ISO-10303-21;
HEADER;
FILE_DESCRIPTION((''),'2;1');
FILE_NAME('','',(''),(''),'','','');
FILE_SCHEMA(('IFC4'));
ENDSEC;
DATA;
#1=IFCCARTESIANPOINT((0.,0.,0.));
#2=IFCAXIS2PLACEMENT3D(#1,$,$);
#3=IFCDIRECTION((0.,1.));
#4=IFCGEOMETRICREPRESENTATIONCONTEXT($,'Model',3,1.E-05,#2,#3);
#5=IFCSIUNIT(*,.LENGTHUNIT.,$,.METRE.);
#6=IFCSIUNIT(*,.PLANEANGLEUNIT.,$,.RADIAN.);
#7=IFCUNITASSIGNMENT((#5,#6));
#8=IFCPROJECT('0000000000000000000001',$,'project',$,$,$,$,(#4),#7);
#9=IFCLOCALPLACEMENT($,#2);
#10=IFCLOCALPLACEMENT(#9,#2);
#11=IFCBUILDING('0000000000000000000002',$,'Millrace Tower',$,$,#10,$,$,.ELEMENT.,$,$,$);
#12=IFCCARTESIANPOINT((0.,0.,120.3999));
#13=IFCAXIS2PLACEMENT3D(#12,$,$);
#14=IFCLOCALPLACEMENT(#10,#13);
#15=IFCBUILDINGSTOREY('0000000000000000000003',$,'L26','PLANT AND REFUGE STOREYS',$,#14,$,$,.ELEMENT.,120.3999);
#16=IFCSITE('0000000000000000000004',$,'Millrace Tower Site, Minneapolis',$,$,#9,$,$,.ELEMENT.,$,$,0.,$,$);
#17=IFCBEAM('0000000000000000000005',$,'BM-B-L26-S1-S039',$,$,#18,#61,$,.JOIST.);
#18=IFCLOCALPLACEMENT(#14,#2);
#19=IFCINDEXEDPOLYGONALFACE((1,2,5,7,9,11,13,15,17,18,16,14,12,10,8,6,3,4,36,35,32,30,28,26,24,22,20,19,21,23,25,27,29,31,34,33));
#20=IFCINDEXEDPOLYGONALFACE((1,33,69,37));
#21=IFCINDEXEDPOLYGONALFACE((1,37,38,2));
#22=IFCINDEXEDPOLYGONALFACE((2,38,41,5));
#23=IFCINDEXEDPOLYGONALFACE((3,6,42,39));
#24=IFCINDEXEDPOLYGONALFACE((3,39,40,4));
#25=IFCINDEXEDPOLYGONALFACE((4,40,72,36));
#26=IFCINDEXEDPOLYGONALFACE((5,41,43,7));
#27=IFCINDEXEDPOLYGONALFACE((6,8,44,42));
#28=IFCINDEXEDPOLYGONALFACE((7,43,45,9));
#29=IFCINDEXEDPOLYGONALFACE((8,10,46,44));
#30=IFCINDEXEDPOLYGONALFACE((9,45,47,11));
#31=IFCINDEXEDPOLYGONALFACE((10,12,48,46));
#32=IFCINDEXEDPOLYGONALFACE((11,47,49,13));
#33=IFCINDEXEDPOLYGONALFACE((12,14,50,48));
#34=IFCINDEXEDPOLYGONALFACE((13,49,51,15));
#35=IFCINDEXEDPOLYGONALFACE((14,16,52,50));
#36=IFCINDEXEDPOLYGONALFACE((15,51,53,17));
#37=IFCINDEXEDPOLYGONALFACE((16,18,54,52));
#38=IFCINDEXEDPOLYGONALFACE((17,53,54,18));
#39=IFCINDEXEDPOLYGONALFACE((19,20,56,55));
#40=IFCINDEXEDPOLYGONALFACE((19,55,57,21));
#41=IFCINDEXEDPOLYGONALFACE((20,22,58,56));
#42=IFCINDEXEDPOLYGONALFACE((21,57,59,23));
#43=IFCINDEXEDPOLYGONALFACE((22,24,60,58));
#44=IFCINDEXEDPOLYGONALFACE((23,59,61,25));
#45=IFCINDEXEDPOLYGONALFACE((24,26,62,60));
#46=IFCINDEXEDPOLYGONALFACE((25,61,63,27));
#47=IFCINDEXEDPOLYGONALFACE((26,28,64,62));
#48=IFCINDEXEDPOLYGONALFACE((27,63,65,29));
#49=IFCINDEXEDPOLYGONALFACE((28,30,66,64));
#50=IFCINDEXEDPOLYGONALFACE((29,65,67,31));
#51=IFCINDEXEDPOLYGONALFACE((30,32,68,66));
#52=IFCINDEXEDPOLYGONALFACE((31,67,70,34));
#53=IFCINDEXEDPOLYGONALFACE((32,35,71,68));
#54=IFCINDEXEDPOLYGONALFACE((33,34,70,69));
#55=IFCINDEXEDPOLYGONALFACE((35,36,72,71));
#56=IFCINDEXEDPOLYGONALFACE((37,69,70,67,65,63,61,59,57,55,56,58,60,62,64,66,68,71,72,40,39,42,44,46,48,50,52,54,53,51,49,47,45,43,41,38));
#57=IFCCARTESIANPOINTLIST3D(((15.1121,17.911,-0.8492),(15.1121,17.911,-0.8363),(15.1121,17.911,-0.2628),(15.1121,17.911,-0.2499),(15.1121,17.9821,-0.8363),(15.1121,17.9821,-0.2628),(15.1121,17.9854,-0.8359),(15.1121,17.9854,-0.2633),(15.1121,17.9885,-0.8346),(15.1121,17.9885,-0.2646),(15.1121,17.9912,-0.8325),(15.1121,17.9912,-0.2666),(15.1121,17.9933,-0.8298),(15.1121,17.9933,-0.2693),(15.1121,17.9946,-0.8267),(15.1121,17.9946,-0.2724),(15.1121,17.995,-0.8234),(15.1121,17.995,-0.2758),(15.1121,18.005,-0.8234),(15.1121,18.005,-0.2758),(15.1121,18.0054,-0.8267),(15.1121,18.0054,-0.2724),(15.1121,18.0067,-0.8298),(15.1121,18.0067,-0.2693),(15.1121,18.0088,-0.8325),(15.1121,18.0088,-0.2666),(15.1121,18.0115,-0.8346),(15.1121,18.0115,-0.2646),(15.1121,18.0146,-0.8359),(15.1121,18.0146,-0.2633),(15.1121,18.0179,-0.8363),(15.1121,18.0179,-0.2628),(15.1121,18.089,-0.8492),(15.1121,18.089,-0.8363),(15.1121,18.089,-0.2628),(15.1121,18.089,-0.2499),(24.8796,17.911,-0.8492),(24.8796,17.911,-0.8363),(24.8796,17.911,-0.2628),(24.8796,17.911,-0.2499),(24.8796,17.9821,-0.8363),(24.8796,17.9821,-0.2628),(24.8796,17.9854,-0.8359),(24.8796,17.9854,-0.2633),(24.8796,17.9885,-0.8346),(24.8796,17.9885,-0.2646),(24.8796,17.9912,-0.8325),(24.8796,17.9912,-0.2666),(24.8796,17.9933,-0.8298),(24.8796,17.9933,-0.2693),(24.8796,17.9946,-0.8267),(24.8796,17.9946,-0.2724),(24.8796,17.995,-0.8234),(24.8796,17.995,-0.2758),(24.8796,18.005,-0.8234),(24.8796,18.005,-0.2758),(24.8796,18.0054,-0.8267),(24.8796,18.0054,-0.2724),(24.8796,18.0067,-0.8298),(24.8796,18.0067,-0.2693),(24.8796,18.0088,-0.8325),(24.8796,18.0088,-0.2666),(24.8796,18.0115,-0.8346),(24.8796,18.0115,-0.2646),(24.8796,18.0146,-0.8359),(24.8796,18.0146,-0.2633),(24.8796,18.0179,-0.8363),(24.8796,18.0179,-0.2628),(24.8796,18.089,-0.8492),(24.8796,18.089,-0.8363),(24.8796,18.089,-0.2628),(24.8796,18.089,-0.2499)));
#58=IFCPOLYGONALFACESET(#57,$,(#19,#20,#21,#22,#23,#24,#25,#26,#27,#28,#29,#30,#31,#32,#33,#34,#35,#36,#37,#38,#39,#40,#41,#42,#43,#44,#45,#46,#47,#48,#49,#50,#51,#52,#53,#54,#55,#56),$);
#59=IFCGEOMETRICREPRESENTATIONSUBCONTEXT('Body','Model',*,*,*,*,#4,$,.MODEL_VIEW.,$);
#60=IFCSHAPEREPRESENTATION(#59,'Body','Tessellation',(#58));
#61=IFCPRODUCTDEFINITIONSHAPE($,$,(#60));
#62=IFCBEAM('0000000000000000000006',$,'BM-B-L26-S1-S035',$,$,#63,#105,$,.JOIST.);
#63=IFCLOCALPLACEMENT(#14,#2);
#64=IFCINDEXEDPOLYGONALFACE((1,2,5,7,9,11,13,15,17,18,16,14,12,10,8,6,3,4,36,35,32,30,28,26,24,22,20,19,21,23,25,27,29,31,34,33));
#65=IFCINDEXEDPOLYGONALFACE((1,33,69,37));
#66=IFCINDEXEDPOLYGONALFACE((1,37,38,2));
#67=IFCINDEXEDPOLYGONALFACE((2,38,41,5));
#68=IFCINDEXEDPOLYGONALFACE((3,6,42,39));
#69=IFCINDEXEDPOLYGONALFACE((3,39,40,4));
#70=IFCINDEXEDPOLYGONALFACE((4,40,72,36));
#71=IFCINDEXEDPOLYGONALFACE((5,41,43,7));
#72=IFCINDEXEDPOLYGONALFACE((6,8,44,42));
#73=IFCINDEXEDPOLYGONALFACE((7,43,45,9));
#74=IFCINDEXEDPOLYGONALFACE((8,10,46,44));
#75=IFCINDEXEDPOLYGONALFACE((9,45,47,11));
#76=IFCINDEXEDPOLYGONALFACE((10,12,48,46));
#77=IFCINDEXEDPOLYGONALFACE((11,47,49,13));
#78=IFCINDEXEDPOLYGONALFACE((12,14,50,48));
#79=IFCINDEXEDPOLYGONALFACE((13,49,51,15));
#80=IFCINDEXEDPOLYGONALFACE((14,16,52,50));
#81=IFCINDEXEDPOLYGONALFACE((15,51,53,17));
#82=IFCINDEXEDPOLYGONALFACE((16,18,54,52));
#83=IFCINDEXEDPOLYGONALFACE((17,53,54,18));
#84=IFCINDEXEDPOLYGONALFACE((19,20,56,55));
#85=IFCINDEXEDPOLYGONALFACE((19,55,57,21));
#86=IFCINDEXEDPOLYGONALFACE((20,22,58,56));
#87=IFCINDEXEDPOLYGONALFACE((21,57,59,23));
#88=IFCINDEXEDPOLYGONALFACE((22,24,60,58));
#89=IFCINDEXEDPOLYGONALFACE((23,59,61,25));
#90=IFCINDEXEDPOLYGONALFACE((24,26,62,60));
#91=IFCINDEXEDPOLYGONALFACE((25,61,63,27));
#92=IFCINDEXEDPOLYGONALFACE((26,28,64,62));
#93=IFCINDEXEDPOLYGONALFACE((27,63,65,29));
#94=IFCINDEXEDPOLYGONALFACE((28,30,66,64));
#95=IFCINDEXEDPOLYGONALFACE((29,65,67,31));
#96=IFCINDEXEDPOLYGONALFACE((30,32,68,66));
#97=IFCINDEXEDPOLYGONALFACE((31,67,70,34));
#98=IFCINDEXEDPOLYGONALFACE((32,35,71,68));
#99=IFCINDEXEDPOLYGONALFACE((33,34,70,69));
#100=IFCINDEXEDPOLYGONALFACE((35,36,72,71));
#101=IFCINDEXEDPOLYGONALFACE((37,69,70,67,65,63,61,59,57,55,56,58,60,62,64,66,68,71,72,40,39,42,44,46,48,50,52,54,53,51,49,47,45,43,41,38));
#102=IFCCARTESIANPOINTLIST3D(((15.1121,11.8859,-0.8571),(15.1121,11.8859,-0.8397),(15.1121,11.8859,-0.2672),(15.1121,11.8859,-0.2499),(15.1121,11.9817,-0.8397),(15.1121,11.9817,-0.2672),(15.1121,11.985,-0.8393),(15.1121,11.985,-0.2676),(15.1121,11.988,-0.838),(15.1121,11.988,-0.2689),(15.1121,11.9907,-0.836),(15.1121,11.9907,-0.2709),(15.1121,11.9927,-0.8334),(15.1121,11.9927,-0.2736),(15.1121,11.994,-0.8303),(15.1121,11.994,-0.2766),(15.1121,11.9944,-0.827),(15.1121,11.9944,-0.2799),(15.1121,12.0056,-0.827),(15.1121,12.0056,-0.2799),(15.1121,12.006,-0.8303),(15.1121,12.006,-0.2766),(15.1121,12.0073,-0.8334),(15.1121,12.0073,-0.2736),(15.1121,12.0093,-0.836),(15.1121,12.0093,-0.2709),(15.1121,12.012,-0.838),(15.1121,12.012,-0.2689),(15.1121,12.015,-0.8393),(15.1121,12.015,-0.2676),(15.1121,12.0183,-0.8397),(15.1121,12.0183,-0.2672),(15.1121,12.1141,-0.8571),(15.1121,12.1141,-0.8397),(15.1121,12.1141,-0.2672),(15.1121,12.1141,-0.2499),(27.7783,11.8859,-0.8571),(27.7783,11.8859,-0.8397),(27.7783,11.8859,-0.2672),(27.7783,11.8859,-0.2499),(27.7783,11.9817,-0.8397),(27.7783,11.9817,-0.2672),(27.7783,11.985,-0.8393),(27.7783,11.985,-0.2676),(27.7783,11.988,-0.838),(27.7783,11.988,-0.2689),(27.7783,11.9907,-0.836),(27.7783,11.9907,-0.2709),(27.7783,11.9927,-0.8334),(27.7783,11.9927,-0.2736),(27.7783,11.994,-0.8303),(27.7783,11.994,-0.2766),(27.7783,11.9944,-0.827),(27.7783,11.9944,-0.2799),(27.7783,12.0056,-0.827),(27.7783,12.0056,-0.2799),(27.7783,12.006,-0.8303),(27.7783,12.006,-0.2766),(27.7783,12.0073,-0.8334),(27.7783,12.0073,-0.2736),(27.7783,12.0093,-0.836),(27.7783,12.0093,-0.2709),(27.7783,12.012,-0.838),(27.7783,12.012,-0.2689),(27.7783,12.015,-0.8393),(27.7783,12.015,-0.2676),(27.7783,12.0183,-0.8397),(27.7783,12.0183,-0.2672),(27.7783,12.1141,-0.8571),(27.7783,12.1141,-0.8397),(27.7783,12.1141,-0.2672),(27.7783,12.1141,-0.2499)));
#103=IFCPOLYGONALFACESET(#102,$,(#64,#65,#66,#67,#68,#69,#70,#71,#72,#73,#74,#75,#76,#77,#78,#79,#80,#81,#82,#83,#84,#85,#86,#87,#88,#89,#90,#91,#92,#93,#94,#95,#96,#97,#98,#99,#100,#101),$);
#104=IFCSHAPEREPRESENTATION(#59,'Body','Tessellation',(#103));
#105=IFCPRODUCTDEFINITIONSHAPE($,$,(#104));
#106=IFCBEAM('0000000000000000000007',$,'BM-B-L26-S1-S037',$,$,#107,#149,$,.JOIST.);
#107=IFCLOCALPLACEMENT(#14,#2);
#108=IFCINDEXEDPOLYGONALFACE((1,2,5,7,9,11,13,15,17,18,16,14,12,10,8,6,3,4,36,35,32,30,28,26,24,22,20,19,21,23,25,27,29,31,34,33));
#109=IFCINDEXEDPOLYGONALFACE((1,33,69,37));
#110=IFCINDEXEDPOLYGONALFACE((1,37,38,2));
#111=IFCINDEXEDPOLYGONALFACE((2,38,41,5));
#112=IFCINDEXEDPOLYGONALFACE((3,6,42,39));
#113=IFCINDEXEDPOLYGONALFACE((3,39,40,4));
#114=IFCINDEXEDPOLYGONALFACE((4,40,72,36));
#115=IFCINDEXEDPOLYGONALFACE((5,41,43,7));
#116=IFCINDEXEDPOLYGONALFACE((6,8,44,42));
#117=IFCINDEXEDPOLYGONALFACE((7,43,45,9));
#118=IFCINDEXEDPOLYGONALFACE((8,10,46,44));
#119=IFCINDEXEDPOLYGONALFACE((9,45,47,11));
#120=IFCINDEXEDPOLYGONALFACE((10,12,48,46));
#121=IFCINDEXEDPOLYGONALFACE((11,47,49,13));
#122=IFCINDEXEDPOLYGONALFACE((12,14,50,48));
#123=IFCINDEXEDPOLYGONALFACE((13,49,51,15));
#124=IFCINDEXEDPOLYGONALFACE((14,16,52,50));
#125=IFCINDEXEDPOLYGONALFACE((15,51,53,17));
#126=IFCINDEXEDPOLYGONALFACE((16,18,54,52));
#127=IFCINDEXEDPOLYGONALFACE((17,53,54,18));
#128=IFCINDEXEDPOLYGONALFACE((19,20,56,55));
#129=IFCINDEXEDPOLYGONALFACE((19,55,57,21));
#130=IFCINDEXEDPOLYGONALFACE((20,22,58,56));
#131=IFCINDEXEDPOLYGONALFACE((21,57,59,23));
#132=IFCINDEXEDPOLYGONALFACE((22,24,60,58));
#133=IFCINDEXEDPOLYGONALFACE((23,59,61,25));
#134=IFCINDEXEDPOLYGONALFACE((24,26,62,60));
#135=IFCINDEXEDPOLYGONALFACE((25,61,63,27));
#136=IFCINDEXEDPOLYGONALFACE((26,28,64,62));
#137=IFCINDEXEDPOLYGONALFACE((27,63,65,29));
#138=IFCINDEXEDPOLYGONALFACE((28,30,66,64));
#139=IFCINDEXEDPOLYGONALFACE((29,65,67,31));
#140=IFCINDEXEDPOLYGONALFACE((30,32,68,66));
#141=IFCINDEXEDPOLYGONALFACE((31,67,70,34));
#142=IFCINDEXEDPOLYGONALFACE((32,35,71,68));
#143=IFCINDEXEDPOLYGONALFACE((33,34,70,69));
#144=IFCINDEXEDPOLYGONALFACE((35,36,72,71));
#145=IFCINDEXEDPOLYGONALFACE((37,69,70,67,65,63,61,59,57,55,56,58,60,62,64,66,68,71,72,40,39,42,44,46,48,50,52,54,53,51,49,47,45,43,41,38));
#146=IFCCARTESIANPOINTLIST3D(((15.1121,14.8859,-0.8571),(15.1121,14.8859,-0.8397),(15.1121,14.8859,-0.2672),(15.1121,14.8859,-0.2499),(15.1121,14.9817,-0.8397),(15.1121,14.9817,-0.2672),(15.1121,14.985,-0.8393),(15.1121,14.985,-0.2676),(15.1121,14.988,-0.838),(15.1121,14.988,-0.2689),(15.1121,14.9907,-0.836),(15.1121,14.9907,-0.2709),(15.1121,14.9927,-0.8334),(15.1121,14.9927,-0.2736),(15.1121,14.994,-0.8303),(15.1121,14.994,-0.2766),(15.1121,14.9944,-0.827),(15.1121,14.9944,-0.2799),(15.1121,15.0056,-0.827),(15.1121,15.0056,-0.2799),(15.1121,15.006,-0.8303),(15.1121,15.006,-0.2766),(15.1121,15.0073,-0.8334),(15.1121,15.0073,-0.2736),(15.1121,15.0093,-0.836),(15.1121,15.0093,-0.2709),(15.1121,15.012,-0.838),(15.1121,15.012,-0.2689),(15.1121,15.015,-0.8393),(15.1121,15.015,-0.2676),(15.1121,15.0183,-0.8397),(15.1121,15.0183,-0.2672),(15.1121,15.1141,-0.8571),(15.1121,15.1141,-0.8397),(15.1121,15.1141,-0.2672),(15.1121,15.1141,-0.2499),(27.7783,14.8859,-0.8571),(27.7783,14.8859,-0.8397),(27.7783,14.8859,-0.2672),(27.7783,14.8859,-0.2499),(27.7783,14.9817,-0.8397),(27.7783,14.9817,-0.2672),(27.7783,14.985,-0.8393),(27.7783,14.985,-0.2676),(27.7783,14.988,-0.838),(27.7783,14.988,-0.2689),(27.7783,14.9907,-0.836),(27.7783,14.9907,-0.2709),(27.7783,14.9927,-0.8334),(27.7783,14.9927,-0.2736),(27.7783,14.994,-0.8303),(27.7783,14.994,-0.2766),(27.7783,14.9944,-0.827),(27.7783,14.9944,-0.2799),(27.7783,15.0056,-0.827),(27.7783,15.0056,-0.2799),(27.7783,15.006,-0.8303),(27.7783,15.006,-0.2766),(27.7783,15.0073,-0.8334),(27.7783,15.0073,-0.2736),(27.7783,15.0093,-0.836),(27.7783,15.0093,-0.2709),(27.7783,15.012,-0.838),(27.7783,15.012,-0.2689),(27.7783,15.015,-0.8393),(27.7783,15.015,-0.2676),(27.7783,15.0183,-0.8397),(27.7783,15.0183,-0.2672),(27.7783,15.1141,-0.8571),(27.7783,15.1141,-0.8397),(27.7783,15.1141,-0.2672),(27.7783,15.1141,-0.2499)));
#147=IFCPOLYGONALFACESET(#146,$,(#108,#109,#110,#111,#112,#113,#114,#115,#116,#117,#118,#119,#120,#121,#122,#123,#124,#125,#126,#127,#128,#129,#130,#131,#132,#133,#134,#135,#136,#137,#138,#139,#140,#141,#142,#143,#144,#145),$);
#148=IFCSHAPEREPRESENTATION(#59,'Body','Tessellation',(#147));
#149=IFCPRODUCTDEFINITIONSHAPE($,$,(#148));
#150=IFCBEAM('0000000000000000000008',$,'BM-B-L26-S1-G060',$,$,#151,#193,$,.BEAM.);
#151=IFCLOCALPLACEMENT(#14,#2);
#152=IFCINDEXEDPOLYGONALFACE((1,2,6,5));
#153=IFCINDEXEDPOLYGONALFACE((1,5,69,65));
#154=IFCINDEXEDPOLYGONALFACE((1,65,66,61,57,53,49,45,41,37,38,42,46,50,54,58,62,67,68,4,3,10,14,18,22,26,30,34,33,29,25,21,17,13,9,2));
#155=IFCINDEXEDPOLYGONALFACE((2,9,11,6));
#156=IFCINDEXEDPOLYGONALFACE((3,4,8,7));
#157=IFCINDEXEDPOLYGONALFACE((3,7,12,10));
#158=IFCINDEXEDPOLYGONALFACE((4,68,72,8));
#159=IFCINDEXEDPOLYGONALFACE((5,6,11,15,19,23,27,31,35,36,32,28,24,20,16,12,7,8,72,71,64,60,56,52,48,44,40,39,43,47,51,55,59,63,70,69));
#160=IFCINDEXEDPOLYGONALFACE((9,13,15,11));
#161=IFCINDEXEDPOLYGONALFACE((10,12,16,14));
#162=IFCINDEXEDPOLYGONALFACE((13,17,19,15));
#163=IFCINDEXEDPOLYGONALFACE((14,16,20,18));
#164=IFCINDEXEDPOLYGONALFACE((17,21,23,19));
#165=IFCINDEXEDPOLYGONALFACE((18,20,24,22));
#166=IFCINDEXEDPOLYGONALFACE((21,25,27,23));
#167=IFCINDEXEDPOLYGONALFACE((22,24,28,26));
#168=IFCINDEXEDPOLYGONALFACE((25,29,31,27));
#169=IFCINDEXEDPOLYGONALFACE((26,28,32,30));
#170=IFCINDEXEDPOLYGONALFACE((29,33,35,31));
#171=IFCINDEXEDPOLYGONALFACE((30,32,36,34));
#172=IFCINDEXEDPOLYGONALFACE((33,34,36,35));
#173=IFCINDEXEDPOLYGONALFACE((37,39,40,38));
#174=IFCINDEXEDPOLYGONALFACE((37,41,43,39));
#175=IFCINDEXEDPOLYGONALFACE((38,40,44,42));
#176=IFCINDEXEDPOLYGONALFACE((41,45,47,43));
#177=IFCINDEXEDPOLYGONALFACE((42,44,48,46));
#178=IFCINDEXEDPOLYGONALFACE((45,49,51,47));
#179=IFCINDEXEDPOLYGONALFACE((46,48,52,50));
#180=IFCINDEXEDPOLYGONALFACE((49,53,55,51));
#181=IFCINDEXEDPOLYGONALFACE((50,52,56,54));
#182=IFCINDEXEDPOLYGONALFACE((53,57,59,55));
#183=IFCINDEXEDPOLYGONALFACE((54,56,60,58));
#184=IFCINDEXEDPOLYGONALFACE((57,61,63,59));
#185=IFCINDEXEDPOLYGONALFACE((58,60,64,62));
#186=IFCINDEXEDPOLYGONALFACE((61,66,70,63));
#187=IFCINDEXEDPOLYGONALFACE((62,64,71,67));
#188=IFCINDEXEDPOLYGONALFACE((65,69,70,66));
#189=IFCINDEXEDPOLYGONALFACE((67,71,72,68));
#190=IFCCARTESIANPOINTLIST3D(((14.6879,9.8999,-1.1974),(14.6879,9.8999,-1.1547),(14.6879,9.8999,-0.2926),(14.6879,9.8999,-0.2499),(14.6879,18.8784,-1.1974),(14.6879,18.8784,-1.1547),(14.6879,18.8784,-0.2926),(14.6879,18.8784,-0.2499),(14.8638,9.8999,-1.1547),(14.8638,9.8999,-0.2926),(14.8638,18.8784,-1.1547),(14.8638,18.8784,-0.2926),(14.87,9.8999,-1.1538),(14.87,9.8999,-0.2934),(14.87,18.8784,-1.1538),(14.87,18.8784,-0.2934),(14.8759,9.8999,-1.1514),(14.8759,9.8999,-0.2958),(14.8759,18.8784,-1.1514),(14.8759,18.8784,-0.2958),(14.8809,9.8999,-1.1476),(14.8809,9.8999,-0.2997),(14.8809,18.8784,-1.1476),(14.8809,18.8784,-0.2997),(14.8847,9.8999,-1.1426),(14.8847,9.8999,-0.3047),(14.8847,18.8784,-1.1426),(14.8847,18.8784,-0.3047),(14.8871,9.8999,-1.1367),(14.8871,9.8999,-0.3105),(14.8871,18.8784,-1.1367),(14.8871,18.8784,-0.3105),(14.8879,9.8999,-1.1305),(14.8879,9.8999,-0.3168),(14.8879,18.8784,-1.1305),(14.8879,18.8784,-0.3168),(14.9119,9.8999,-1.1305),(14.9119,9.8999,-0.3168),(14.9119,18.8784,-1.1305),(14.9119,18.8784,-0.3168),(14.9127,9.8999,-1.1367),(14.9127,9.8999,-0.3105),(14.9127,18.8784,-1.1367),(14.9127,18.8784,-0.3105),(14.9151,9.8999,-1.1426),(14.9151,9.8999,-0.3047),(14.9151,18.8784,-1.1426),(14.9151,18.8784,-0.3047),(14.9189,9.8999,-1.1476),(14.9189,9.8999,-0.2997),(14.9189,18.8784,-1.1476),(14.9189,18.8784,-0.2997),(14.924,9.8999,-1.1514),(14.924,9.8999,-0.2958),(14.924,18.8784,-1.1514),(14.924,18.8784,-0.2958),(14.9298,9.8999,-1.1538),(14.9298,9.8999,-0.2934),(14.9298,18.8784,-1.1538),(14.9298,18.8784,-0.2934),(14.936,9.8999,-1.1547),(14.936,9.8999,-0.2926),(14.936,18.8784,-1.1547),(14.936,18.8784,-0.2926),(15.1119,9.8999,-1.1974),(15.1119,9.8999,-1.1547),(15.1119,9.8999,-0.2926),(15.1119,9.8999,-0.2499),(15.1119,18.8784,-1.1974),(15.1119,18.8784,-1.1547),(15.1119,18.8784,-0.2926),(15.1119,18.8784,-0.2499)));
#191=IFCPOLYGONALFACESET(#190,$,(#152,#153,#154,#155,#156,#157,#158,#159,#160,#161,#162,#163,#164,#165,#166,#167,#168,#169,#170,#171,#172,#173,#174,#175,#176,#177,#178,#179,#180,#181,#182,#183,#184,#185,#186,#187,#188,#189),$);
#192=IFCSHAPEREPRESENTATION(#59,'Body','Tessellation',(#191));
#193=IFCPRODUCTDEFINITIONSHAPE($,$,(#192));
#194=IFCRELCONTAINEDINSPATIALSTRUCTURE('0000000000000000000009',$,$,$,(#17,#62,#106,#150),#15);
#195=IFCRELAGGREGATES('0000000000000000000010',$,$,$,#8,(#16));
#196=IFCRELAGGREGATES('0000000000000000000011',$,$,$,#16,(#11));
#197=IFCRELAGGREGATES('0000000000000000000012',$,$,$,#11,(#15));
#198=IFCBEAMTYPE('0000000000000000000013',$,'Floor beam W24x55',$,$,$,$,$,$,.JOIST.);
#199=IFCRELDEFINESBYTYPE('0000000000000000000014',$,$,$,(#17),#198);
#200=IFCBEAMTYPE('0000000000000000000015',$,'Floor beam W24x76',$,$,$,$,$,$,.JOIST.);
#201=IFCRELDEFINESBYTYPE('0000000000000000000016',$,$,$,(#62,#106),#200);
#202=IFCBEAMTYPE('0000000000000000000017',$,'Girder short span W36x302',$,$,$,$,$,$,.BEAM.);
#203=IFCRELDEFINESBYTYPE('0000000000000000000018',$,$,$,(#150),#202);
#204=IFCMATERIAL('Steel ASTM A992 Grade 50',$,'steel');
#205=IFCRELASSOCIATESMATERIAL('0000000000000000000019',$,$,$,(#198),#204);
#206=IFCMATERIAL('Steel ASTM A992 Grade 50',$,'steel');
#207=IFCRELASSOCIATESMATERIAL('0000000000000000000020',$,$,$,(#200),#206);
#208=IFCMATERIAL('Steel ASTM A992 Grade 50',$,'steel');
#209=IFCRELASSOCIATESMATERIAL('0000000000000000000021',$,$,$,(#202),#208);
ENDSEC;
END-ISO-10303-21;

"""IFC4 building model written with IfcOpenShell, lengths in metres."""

from ifc_helpers import new_model, si_unit, direction, frame, origin, origin_2d, place, context, subcontext, project, spatial, i_section, extrude, material, material_profile, profile_set, type_object, element, save


model = new_model("IFC4")

# Units and contexts
model_context = context("Model", 3, precision=1e-05, world=origin(), true_north=direction((0.0, 1.0)))
body_context = subcontext(model_context, "Body", "Model", "MODEL_VIEW")
ifc_project = project(units=[si_unit("LENGTHUNIT", "METRE"), si_unit("PLANEANGLEUNIT", "RADIAN")], contexts=[model_context])

# Site, building, storey
site_placement = place(None, origin())
site = spatial("IfcSite", under=ifc_project, at=site_placement, Name="Millrace Tower Site, Minneapolis", CompositionType="ELEMENT", RefElevation=0.0)
building_placement = place(site_placement, origin())
building = spatial("IfcBuilding", under=site, at=building_placement, Name="Millrace Tower", CompositionType="ELEMENT")
storey_placement = place(building_placement, frame((0.0, 0.0, 120.3999)))
storey = spatial("IfcBuildingStorey", under=building, at=storey_placement, Name="L26", Description="PLANT AND REFUGE STOREYS", CompositionType="ELEMENT", Elevation=120.3999)

# Beams
ifc_material_1 = material(Name="Steel ASTM A992 Grade 50", Category="steel")
ifc_material_profile_1 = material_profile(ifc_material_1, i_section(OverallWidth=0.178, OverallDepth=0.5994, WebThickness=0.01, FlangeThickness=0.0129, FilletRadius=0.0129, at=origin_2d()))
ifc_profile_set_1 = profile_set([ifc_material_profile_1], Name="Steel ASTM A992 Grade 50")
beam_type_1 = type_object("IfcBeamType", Name="Floor beam W24x55", PredefinedType="JOIST", material=ifc_profile_set_1)
beam_1_placement = place(storey_placement, frame((15.1121, 18.0, -0.5496), z_axis=(1.0, 0.0, 0.0), x_axis=(0.0, 1.0, 0.0)))
element("IfcBeam", 1, at=beam_1_placement, inside=storey, type_object=beam_type_1, Name="BM-B-L26-S1-S039", PredefinedType="JOIST", context=body_context, shape_type="SweptSolid", body=[
    extrude(i_section(OverallWidth=0.178, OverallDepth=0.5994, WebThickness=0.01, FlangeThickness=0.0129, FilletRadius=0.0129, at=origin_2d()), origin(), (0.0, 0.0, 1.0), 9.7676),
])
ifc_material_2 = material(Name="Steel ASTM A992 Grade 50", Category="steel")
ifc_material_profile_2 = material_profile(ifc_material_2, i_section(OverallWidth=0.2283, OverallDepth=0.6072, WebThickness=0.0112, FlangeThickness=0.0173, FilletRadius=0.0127, at=origin_2d()))
ifc_profile_set_2 = profile_set([ifc_material_profile_2], Name="Steel ASTM A992 Grade 50")
beam_type_2 = type_object("IfcBeamType", Name="Floor beam W24x76", PredefinedType="JOIST", material=ifc_profile_set_2)
for number, where, z_axis, x_axis, name in (
    (2, (15.1121, 12.0, -0.5535), (1.0, 0.0, 0.0), (0.0, 1.0, 0.0), "BM-B-L26-S1-S035"),
    (3, (15.1121, 15.0, -0.5535), (1.0, 0.0, 0.0), (0.0, 1.0, 0.0), "BM-B-L26-S1-S037"),
):
    element("IfcBeam", number, at=place(storey_placement, frame(where, z_axis=z_axis, x_axis=x_axis)), inside=storey, type_object=beam_type_2, Name=name, PredefinedType="JOIST", context=body_context, shape_type="SweptSolid", body=[
        extrude(i_section(OverallWidth=0.2283, OverallDepth=0.6072, WebThickness=0.0112, FlangeThickness=0.0173, FilletRadius=0.0127, at=origin_2d()), origin(), (0.0, 0.0, 1.0), 12.6663),
    ])
ifc_material_3 = material(Name="Steel ASTM A992 Grade 50", Category="steel")
ifc_material_profile_3 = material_profile(ifc_material_3, i_section(OverallWidth=0.4241, OverallDepth=0.9475, WebThickness=0.0239, FlangeThickness=0.0427, FilletRadius=0.0242, at=origin_2d()))
ifc_profile_set_3 = profile_set([ifc_material_profile_3], Name="Steel ASTM A992 Grade 50")
beam_type_3 = type_object("IfcBeamType", Name="Girder short span W36x302", PredefinedType="BEAM", material=ifc_profile_set_3)
beam_2_placement = place(storey_placement, frame((14.8999, 9.8999, -0.7236), z_axis=(0.0, 1.0, 0.0), x_axis=(-1.0, 0.0, 0.0)))
element("IfcBeam", 4, at=beam_2_placement, inside=storey, type_object=beam_type_3, Name="BM-B-L26-S1-G060", PredefinedType="BEAM", context=body_context, shape_type="SweptSolid", body=[
    extrude(i_section(OverallWidth=0.4241, OverallDepth=0.9475, WebThickness=0.0239, FlangeThickness=0.0427, FilletRadius=0.0242, at=origin_2d()), origin(), (0.0, 0.0, 1.0), 8.9785),
])

save(model, "model.ifc")
